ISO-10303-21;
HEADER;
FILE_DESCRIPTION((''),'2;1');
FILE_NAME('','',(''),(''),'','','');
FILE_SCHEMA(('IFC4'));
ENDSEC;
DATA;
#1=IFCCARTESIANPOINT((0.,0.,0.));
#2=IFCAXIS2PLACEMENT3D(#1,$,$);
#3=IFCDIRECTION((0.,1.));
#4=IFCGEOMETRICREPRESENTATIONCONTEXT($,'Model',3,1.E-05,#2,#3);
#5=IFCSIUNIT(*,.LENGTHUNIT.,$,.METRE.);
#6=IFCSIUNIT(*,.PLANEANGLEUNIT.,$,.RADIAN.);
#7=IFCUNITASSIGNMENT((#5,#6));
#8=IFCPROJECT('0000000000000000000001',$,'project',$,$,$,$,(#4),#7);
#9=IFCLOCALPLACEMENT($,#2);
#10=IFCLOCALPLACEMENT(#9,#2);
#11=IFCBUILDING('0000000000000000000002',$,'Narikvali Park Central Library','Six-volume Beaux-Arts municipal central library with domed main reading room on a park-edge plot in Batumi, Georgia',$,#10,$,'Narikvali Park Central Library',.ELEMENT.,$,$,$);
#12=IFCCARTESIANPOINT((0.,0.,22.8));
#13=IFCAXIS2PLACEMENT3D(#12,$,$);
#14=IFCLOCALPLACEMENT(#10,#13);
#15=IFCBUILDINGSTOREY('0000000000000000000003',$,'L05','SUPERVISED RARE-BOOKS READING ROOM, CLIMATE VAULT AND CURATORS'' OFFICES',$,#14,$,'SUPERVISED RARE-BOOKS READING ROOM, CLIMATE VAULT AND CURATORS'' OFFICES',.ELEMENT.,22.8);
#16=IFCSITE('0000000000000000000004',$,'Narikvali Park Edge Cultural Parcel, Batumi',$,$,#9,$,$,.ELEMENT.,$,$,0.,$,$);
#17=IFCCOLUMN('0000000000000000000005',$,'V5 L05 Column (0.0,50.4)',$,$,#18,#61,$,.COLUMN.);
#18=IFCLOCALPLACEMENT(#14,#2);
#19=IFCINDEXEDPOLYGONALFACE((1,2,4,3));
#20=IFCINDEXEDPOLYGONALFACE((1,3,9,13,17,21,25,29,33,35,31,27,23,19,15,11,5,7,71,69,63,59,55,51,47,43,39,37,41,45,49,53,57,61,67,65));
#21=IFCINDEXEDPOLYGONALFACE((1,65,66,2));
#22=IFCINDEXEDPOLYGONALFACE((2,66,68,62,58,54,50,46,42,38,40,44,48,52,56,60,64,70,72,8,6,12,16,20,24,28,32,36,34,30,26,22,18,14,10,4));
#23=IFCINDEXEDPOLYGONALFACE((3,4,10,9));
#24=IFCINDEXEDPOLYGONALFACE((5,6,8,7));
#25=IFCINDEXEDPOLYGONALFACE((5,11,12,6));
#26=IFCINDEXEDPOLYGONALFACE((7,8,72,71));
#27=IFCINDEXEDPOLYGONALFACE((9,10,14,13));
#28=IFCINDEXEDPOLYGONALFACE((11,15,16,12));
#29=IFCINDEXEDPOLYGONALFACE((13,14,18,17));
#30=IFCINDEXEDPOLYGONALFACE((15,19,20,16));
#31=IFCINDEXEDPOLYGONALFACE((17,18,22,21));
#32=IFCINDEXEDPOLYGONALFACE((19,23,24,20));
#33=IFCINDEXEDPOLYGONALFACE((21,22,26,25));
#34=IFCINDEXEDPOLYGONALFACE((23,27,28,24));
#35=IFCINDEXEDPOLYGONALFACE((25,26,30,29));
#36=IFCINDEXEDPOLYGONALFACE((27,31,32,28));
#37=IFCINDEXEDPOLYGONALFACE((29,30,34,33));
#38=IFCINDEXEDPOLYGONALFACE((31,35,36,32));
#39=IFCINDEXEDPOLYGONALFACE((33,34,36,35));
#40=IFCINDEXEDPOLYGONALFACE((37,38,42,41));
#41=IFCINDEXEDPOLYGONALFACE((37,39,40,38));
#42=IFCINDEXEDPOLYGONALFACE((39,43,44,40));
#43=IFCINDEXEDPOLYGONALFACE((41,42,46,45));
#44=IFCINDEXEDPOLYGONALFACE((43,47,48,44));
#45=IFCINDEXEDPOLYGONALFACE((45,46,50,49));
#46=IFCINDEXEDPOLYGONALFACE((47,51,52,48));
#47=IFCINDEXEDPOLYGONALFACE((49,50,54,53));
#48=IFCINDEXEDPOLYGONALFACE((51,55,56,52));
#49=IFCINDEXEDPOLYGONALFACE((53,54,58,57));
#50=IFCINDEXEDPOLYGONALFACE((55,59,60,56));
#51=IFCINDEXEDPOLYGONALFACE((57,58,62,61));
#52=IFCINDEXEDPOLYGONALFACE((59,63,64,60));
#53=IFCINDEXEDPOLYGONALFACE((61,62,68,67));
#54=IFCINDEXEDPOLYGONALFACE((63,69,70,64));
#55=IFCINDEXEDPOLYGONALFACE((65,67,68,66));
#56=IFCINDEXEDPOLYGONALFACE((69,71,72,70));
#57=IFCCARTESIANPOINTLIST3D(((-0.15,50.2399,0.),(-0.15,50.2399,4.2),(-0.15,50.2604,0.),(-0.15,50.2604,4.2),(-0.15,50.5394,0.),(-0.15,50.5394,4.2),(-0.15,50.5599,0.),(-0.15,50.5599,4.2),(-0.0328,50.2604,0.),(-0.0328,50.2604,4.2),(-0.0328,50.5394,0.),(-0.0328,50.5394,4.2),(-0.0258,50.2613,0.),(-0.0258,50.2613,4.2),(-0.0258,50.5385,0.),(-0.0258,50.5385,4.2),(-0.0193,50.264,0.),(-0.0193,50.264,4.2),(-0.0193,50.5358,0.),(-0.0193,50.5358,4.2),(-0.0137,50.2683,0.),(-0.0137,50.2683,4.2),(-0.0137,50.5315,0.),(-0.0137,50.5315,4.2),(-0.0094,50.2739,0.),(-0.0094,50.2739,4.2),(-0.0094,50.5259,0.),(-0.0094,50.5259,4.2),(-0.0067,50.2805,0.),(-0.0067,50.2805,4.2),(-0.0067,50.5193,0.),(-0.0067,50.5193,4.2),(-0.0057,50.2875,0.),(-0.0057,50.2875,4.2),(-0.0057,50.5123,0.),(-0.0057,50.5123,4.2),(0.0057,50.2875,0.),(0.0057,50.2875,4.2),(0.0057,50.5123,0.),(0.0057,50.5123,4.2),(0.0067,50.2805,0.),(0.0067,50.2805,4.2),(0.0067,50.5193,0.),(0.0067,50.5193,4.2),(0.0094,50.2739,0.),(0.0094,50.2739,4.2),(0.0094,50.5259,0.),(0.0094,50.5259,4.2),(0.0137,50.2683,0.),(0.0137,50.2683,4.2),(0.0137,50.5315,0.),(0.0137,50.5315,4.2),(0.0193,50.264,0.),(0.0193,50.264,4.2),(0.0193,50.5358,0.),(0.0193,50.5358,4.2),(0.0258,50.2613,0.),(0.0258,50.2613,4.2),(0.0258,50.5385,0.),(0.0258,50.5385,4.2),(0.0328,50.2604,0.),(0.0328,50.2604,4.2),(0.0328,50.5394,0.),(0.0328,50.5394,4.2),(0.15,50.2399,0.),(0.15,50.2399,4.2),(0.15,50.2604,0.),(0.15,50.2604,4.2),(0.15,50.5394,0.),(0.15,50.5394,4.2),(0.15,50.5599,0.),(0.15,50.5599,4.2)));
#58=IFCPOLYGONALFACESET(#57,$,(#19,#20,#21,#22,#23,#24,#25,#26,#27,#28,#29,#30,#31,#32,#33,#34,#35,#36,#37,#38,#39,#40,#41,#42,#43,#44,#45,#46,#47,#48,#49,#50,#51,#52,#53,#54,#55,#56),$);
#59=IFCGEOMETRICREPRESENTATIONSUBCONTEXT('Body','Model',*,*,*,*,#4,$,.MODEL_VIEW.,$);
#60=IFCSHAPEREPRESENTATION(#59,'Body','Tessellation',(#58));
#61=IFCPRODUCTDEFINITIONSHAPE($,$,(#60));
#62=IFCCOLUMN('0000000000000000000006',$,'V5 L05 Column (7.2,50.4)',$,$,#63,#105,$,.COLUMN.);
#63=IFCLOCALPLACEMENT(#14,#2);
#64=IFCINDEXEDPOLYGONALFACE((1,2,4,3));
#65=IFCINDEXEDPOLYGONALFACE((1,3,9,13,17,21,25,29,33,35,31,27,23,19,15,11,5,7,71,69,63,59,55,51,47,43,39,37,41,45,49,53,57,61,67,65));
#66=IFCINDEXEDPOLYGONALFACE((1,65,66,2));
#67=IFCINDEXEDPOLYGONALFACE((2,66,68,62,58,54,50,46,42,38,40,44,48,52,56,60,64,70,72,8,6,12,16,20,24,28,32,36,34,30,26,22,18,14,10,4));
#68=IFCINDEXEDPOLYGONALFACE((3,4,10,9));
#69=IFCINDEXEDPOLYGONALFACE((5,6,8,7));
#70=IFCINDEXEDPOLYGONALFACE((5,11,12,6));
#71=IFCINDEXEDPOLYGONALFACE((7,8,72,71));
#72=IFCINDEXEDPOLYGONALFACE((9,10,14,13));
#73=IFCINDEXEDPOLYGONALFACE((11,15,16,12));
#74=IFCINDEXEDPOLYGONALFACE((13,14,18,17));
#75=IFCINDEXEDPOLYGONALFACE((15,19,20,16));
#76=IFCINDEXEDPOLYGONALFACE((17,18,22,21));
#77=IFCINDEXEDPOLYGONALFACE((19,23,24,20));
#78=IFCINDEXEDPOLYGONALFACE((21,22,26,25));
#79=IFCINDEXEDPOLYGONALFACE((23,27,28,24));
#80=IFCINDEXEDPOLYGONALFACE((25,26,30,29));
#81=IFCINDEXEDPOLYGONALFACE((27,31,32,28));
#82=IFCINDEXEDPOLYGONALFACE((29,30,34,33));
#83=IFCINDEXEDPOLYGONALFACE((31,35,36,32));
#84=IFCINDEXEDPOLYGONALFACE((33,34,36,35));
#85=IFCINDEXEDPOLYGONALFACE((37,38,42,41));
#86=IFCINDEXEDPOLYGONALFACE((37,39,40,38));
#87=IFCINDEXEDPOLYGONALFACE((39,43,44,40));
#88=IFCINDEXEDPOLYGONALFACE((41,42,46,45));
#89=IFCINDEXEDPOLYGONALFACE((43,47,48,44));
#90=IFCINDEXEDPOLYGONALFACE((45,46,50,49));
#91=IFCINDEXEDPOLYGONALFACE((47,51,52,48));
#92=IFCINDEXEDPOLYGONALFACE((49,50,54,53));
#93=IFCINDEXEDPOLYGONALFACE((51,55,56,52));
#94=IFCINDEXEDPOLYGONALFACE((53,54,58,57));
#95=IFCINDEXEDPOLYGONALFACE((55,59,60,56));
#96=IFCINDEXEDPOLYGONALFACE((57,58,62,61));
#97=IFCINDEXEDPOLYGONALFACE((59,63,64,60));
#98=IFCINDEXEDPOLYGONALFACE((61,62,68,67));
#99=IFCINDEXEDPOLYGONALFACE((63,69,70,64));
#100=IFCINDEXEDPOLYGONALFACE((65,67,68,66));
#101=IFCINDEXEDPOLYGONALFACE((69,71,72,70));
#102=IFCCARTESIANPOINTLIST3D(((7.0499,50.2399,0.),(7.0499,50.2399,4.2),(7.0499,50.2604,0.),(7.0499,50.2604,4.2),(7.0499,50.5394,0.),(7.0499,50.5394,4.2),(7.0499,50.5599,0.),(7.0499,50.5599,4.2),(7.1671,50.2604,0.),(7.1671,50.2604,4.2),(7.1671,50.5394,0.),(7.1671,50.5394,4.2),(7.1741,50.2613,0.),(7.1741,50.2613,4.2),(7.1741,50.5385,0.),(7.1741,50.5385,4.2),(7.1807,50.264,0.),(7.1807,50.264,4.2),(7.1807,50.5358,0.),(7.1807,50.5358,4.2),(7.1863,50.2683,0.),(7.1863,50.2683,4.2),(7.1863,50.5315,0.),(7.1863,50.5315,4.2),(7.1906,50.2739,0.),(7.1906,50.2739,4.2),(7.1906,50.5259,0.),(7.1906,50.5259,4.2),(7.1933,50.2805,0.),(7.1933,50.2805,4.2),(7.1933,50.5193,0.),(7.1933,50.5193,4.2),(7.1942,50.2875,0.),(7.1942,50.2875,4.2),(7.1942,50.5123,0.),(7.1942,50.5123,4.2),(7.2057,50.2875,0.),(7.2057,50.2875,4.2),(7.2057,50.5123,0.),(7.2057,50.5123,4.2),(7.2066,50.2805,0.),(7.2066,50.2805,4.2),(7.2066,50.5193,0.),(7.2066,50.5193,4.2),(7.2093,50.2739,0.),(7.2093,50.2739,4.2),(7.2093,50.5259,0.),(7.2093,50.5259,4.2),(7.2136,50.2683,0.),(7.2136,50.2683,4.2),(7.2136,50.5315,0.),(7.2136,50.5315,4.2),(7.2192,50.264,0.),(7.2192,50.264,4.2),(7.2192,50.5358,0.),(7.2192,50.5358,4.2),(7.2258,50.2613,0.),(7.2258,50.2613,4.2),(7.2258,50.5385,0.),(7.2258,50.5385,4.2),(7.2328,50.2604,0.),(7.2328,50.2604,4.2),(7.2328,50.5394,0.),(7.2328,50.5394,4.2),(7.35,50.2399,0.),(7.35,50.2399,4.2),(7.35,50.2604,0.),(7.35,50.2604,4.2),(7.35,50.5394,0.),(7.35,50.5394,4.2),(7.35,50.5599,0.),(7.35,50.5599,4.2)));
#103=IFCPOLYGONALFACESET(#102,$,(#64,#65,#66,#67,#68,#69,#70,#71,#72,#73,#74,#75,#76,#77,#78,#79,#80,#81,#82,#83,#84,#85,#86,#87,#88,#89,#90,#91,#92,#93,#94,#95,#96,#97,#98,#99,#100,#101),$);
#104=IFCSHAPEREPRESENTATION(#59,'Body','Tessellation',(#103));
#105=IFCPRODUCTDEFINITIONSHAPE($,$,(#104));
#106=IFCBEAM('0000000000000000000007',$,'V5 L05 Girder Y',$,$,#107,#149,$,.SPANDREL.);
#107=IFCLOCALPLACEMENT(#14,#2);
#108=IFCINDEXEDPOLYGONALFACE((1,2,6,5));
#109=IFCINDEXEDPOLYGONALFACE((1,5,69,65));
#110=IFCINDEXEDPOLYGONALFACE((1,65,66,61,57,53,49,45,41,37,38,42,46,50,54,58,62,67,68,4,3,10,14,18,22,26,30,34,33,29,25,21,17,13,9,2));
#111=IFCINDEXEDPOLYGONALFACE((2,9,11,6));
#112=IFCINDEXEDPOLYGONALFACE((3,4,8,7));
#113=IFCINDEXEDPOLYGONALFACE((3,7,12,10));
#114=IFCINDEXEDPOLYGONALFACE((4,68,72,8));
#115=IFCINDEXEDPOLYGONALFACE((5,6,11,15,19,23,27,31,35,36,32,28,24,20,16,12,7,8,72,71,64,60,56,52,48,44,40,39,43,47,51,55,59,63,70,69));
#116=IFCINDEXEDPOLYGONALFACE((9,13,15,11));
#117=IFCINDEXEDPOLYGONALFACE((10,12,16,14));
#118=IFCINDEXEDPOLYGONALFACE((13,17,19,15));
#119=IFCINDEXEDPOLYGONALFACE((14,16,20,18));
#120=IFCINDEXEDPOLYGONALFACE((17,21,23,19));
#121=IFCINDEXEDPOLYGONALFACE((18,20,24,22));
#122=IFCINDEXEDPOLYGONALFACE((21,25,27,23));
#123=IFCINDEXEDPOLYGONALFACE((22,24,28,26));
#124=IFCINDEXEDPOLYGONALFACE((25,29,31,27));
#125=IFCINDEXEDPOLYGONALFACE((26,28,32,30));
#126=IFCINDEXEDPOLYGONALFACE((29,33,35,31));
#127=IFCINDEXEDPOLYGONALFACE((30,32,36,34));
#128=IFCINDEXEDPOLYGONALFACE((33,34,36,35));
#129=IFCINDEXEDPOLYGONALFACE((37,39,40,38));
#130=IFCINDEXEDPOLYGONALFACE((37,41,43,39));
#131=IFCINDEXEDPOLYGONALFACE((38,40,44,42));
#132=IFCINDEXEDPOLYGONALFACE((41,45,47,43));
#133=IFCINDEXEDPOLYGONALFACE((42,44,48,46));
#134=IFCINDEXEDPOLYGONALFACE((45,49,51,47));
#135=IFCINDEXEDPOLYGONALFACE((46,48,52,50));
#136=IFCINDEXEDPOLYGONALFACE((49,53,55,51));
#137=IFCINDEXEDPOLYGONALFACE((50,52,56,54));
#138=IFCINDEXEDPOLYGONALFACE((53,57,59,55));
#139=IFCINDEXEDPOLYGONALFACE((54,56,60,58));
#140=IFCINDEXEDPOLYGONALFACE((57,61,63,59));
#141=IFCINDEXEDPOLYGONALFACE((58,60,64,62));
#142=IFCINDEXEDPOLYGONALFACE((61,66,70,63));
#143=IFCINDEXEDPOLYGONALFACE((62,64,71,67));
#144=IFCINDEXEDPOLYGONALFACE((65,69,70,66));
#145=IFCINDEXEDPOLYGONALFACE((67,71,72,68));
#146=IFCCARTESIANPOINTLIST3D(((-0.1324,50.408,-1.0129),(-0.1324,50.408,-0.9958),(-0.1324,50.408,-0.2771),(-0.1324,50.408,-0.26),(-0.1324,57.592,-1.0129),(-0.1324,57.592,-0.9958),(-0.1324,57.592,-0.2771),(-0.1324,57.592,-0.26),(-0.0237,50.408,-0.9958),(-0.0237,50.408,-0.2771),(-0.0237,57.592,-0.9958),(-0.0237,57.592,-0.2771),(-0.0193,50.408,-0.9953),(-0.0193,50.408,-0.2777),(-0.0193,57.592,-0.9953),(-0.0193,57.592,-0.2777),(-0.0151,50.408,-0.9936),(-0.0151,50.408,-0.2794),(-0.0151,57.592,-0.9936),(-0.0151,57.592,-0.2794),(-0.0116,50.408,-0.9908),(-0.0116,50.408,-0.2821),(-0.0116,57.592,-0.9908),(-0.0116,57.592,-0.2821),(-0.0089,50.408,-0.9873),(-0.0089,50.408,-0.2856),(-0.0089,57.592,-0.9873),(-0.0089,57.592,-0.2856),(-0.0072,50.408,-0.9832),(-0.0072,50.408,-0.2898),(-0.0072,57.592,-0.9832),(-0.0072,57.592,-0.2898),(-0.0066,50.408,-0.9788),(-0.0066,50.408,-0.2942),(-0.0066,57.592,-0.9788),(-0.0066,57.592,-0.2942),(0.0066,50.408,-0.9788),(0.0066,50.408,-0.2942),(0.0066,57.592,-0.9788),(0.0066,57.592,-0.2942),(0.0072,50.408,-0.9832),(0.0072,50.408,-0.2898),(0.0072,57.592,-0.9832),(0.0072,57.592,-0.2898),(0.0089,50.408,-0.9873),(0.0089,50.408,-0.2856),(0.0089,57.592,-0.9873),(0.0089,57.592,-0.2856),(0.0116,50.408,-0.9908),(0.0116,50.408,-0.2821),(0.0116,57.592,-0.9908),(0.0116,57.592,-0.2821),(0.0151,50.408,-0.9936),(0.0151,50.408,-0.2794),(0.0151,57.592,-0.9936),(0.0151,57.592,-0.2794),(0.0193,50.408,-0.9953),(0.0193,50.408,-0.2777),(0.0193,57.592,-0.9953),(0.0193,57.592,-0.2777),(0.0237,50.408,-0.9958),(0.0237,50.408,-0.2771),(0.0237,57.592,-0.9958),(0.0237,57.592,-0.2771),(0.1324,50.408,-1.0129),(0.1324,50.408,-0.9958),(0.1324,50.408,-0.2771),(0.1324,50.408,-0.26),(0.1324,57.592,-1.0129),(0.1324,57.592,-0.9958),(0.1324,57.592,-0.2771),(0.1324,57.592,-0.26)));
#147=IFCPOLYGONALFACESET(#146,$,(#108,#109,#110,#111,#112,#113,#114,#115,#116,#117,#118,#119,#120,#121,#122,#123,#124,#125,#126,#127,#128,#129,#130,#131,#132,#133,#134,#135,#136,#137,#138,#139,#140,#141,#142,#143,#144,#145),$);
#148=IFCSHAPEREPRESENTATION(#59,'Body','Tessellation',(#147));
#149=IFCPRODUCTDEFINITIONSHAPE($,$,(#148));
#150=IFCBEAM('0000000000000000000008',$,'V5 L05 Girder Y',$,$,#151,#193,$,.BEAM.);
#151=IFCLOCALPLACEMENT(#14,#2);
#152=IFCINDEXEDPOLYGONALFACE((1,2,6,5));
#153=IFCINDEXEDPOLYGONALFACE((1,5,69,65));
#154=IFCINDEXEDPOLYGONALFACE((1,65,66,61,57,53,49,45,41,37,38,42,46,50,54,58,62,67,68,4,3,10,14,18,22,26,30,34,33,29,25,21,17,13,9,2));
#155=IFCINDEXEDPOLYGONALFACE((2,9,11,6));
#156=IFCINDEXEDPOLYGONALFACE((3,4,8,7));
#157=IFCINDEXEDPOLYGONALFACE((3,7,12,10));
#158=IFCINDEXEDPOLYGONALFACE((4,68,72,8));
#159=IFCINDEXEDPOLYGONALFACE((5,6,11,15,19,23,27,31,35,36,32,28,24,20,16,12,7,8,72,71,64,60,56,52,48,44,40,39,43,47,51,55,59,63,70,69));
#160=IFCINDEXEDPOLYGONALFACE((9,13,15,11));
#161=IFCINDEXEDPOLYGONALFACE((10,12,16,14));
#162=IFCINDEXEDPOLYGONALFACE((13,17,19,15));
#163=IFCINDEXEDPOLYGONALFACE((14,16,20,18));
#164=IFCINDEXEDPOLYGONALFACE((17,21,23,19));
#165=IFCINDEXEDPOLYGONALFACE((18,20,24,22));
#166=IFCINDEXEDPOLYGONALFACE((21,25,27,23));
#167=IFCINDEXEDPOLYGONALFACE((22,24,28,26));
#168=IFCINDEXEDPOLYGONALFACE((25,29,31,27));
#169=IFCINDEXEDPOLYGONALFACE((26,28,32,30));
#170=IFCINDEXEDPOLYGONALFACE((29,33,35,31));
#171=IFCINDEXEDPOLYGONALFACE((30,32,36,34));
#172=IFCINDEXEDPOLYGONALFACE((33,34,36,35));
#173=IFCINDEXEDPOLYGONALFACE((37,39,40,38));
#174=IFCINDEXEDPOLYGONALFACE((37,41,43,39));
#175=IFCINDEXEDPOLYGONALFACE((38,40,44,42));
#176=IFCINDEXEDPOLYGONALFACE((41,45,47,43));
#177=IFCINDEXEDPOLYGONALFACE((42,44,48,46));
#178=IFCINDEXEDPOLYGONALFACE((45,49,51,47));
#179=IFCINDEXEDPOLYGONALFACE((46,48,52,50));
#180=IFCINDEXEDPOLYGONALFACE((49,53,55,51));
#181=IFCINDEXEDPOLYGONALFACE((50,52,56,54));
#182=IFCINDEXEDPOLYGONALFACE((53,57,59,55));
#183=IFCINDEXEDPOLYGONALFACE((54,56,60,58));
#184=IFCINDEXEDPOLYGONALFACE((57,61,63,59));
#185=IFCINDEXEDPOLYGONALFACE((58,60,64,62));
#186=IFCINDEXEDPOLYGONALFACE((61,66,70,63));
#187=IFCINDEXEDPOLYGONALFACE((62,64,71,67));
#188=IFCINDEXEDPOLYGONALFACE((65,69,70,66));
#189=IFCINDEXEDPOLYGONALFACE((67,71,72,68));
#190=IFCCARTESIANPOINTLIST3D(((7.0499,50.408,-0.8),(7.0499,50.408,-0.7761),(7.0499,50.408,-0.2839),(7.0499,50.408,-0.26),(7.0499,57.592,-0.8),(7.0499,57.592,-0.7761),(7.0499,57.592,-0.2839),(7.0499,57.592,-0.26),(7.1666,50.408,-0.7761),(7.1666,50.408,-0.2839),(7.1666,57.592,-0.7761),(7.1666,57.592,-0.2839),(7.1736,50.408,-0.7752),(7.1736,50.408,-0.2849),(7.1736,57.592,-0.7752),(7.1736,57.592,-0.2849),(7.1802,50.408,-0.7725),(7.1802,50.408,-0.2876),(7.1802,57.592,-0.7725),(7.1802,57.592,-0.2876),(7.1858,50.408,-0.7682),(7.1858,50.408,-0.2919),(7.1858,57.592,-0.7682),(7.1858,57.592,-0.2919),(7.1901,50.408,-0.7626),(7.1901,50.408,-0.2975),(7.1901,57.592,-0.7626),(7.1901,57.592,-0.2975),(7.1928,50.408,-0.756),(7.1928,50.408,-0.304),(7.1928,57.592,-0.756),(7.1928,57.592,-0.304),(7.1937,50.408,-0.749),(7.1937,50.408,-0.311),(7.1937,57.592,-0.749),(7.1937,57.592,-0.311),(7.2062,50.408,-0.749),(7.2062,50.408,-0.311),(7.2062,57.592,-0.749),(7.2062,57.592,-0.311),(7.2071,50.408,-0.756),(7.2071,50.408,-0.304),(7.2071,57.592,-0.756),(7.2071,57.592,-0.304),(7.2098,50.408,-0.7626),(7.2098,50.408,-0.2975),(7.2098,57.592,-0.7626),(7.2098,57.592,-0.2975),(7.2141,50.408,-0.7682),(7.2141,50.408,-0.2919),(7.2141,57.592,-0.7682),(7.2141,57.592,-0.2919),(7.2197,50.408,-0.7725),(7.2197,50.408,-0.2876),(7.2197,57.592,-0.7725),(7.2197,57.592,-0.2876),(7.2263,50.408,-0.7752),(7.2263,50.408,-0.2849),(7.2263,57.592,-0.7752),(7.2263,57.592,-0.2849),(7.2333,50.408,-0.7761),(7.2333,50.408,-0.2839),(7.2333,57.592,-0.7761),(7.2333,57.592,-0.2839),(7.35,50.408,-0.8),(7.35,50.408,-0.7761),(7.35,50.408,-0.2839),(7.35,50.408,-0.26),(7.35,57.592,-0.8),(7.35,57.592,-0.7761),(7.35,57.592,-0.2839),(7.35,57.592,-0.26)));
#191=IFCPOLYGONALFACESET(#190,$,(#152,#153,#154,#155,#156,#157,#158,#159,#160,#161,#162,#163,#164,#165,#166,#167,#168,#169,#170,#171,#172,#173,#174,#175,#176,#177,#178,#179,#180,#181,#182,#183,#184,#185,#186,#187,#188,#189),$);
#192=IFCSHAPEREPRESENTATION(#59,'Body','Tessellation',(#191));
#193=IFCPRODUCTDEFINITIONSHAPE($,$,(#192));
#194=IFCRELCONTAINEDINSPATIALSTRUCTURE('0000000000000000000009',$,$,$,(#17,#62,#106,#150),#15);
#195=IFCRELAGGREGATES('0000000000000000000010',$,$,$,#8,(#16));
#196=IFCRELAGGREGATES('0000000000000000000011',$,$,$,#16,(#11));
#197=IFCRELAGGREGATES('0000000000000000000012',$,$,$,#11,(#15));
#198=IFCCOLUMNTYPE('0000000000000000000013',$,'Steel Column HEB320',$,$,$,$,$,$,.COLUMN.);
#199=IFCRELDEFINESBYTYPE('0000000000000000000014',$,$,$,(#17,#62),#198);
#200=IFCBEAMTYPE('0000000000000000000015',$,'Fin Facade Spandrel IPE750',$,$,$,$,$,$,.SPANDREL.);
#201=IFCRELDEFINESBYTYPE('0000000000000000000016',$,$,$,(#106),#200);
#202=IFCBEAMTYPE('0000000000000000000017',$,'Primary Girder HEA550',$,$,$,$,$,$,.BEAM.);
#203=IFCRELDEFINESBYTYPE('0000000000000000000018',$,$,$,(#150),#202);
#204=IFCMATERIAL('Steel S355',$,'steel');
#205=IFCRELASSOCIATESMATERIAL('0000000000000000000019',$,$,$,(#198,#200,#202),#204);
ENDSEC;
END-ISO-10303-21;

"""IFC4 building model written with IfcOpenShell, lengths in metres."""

from ifc_helpers import new_model, si_unit, direction, frame, origin, origin_2d, place, context, subcontext, project, spatial, i_section, extrude, material, material_profile, profile_set, type_object, element, save


model = new_model("IFC4")

# Units and contexts
model_context = context("Model", 3, precision=1e-05, world=origin(), true_north=direction((0.0, 1.0)))
body_context = subcontext(model_context, "Body", "Model", "MODEL_VIEW")
ifc_project = project(units=[si_unit("LENGTHUNIT", "METRE"), si_unit("PLANEANGLEUNIT", "RADIAN")], contexts=[model_context])

# Site, building, storey
site_placement = place(None, origin())
site = spatial("IfcSite", under=ifc_project, at=site_placement, Name="Narikvali Park Edge Cultural Parcel, Batumi", CompositionType="ELEMENT", RefElevation=0.0)
building_placement = place(site_placement, origin())
building = spatial("IfcBuilding", under=site, at=building_placement, Name="Narikvali Park Central Library", Description="Six-volume Beaux-Arts municipal central library with domed main reading room on a park-edge plot in Batumi, Georgia", LongName="Narikvali Park Central Library", CompositionType="ELEMENT")
storey_placement = place(building_placement, frame((0.0, 0.0, 22.8)))
storey = spatial("IfcBuildingStorey", under=building, at=storey_placement, Name="L05", Description="SUPERVISED RARE-BOOKS READING ROOM, CLIMATE VAULT AND CURATORS' OFFICES", LongName="SUPERVISED RARE-BOOKS READING ROOM, CLIMATE VAULT AND CURATORS' OFFICES", CompositionType="ELEMENT", Elevation=22.8)

# Columns
ifc_material_1 = material(Name="Steel S355", Category="steel")
ifc_material_profile_1 = material_profile(ifc_material_1, i_section(OverallWidth=0.3, OverallDepth=0.3201, WebThickness=0.0115, FlangeThickness=0.0205, FilletRadius=0.0271, at=origin_2d()), Name="HEB 320")
ifc_profile_set_1 = profile_set([ifc_material_profile_1], Name="Steel S355")
column_type = type_object("IfcColumnType", Name="Steel Column HEB320", PredefinedType="COLUMN", material=ifc_profile_set_1)
for number, where, z_axis, x_axis, name in (
    (1, (0.0, 50.3999, 0.0), (0.0, 0.0, 1.0), (1.0, 0.0, 0.0), "V5 L05 Column (0.0,50.4)"),
    (2, (7.2, 50.3999, 0.0), (0.0, 0.0, 1.0), (1.0, 0.0, 0.0), "V5 L05 Column (7.2,50.4)"),
):
    element("IfcColumn", number, at=place(storey_placement, frame(where, z_axis=z_axis, x_axis=x_axis)), inside=storey, type_object=column_type, Name=name, PredefinedType="COLUMN", context=body_context, shape_type="SweptSolid", body=[
        extrude(i_section(OverallWidth=0.3, OverallDepth=0.3201, WebThickness=0.0115, FlangeThickness=0.0205, FilletRadius=0.0271, at=origin_2d()), origin(), (0.0, 0.0, 1.0), 4.2),
    ])

# Beams
ifc_material_profile_2 = material_profile(ifc_material_1, i_section(OverallWidth=0.2649, OverallDepth=0.7529, WebThickness=0.0132, FlangeThickness=0.0171, FilletRadius=0.0171, at=origin_2d()), Name="IPE 750x147")
ifc_profile_set_2 = profile_set([ifc_material_profile_2], Name="Steel S355")
beam_type_1 = type_object("IfcBeamType", Name="Fin Facade Spandrel IPE750", PredefinedType="SPANDREL", material=ifc_profile_set_2)
beam_1_placement = place(storey_placement, frame((0.0, 50.408, -0.6365), z_axis=(0.0, 1.0, 0.0), x_axis=(-1.0, 0.0, 0.0)))
element("IfcBeam", 3, at=beam_1_placement, inside=storey, type_object=beam_type_1, Name="V5 L05 Girder Y", PredefinedType="SPANDREL", context=body_context, shape_type="SweptSolid", body=[
    extrude(i_section(OverallWidth=0.2649, OverallDepth=0.7529, WebThickness=0.0132, FlangeThickness=0.0171, FilletRadius=0.0171, at=origin_2d()), origin(), (0.0, 0.0, 1.0), 7.1841),
])
ifc_material_profile_3 = material_profile(ifc_material_1, i_section(OverallWidth=0.3, OverallDepth=0.54, WebThickness=0.0125, FlangeThickness=0.0239, FilletRadius=0.0271, at=origin_2d()), Name="HEA 550")
ifc_profile_set_3 = profile_set([ifc_material_profile_3], Name="Steel S355")
beam_type_2 = type_object("IfcBeamType", Name="Primary Girder HEA550", PredefinedType="BEAM", material=ifc_profile_set_3)
beam_2_placement = place(storey_placement, frame((7.2, 50.408, -0.53), z_axis=(0.0, 1.0, 0.0), x_axis=(-1.0, 0.0, 0.0)))
element("IfcBeam", 4, at=beam_2_placement, inside=storey, type_object=beam_type_2, Name="V5 L05 Girder Y", PredefinedType="BEAM", context=body_context, shape_type="SweptSolid", body=[
    extrude(i_section(OverallWidth=0.3, OverallDepth=0.54, WebThickness=0.0125, FlangeThickness=0.0239, FilletRadius=0.0271, at=origin_2d()), origin(), (0.0, 0.0, 1.0), 7.1841),
])

save(model, "model.ifc")
